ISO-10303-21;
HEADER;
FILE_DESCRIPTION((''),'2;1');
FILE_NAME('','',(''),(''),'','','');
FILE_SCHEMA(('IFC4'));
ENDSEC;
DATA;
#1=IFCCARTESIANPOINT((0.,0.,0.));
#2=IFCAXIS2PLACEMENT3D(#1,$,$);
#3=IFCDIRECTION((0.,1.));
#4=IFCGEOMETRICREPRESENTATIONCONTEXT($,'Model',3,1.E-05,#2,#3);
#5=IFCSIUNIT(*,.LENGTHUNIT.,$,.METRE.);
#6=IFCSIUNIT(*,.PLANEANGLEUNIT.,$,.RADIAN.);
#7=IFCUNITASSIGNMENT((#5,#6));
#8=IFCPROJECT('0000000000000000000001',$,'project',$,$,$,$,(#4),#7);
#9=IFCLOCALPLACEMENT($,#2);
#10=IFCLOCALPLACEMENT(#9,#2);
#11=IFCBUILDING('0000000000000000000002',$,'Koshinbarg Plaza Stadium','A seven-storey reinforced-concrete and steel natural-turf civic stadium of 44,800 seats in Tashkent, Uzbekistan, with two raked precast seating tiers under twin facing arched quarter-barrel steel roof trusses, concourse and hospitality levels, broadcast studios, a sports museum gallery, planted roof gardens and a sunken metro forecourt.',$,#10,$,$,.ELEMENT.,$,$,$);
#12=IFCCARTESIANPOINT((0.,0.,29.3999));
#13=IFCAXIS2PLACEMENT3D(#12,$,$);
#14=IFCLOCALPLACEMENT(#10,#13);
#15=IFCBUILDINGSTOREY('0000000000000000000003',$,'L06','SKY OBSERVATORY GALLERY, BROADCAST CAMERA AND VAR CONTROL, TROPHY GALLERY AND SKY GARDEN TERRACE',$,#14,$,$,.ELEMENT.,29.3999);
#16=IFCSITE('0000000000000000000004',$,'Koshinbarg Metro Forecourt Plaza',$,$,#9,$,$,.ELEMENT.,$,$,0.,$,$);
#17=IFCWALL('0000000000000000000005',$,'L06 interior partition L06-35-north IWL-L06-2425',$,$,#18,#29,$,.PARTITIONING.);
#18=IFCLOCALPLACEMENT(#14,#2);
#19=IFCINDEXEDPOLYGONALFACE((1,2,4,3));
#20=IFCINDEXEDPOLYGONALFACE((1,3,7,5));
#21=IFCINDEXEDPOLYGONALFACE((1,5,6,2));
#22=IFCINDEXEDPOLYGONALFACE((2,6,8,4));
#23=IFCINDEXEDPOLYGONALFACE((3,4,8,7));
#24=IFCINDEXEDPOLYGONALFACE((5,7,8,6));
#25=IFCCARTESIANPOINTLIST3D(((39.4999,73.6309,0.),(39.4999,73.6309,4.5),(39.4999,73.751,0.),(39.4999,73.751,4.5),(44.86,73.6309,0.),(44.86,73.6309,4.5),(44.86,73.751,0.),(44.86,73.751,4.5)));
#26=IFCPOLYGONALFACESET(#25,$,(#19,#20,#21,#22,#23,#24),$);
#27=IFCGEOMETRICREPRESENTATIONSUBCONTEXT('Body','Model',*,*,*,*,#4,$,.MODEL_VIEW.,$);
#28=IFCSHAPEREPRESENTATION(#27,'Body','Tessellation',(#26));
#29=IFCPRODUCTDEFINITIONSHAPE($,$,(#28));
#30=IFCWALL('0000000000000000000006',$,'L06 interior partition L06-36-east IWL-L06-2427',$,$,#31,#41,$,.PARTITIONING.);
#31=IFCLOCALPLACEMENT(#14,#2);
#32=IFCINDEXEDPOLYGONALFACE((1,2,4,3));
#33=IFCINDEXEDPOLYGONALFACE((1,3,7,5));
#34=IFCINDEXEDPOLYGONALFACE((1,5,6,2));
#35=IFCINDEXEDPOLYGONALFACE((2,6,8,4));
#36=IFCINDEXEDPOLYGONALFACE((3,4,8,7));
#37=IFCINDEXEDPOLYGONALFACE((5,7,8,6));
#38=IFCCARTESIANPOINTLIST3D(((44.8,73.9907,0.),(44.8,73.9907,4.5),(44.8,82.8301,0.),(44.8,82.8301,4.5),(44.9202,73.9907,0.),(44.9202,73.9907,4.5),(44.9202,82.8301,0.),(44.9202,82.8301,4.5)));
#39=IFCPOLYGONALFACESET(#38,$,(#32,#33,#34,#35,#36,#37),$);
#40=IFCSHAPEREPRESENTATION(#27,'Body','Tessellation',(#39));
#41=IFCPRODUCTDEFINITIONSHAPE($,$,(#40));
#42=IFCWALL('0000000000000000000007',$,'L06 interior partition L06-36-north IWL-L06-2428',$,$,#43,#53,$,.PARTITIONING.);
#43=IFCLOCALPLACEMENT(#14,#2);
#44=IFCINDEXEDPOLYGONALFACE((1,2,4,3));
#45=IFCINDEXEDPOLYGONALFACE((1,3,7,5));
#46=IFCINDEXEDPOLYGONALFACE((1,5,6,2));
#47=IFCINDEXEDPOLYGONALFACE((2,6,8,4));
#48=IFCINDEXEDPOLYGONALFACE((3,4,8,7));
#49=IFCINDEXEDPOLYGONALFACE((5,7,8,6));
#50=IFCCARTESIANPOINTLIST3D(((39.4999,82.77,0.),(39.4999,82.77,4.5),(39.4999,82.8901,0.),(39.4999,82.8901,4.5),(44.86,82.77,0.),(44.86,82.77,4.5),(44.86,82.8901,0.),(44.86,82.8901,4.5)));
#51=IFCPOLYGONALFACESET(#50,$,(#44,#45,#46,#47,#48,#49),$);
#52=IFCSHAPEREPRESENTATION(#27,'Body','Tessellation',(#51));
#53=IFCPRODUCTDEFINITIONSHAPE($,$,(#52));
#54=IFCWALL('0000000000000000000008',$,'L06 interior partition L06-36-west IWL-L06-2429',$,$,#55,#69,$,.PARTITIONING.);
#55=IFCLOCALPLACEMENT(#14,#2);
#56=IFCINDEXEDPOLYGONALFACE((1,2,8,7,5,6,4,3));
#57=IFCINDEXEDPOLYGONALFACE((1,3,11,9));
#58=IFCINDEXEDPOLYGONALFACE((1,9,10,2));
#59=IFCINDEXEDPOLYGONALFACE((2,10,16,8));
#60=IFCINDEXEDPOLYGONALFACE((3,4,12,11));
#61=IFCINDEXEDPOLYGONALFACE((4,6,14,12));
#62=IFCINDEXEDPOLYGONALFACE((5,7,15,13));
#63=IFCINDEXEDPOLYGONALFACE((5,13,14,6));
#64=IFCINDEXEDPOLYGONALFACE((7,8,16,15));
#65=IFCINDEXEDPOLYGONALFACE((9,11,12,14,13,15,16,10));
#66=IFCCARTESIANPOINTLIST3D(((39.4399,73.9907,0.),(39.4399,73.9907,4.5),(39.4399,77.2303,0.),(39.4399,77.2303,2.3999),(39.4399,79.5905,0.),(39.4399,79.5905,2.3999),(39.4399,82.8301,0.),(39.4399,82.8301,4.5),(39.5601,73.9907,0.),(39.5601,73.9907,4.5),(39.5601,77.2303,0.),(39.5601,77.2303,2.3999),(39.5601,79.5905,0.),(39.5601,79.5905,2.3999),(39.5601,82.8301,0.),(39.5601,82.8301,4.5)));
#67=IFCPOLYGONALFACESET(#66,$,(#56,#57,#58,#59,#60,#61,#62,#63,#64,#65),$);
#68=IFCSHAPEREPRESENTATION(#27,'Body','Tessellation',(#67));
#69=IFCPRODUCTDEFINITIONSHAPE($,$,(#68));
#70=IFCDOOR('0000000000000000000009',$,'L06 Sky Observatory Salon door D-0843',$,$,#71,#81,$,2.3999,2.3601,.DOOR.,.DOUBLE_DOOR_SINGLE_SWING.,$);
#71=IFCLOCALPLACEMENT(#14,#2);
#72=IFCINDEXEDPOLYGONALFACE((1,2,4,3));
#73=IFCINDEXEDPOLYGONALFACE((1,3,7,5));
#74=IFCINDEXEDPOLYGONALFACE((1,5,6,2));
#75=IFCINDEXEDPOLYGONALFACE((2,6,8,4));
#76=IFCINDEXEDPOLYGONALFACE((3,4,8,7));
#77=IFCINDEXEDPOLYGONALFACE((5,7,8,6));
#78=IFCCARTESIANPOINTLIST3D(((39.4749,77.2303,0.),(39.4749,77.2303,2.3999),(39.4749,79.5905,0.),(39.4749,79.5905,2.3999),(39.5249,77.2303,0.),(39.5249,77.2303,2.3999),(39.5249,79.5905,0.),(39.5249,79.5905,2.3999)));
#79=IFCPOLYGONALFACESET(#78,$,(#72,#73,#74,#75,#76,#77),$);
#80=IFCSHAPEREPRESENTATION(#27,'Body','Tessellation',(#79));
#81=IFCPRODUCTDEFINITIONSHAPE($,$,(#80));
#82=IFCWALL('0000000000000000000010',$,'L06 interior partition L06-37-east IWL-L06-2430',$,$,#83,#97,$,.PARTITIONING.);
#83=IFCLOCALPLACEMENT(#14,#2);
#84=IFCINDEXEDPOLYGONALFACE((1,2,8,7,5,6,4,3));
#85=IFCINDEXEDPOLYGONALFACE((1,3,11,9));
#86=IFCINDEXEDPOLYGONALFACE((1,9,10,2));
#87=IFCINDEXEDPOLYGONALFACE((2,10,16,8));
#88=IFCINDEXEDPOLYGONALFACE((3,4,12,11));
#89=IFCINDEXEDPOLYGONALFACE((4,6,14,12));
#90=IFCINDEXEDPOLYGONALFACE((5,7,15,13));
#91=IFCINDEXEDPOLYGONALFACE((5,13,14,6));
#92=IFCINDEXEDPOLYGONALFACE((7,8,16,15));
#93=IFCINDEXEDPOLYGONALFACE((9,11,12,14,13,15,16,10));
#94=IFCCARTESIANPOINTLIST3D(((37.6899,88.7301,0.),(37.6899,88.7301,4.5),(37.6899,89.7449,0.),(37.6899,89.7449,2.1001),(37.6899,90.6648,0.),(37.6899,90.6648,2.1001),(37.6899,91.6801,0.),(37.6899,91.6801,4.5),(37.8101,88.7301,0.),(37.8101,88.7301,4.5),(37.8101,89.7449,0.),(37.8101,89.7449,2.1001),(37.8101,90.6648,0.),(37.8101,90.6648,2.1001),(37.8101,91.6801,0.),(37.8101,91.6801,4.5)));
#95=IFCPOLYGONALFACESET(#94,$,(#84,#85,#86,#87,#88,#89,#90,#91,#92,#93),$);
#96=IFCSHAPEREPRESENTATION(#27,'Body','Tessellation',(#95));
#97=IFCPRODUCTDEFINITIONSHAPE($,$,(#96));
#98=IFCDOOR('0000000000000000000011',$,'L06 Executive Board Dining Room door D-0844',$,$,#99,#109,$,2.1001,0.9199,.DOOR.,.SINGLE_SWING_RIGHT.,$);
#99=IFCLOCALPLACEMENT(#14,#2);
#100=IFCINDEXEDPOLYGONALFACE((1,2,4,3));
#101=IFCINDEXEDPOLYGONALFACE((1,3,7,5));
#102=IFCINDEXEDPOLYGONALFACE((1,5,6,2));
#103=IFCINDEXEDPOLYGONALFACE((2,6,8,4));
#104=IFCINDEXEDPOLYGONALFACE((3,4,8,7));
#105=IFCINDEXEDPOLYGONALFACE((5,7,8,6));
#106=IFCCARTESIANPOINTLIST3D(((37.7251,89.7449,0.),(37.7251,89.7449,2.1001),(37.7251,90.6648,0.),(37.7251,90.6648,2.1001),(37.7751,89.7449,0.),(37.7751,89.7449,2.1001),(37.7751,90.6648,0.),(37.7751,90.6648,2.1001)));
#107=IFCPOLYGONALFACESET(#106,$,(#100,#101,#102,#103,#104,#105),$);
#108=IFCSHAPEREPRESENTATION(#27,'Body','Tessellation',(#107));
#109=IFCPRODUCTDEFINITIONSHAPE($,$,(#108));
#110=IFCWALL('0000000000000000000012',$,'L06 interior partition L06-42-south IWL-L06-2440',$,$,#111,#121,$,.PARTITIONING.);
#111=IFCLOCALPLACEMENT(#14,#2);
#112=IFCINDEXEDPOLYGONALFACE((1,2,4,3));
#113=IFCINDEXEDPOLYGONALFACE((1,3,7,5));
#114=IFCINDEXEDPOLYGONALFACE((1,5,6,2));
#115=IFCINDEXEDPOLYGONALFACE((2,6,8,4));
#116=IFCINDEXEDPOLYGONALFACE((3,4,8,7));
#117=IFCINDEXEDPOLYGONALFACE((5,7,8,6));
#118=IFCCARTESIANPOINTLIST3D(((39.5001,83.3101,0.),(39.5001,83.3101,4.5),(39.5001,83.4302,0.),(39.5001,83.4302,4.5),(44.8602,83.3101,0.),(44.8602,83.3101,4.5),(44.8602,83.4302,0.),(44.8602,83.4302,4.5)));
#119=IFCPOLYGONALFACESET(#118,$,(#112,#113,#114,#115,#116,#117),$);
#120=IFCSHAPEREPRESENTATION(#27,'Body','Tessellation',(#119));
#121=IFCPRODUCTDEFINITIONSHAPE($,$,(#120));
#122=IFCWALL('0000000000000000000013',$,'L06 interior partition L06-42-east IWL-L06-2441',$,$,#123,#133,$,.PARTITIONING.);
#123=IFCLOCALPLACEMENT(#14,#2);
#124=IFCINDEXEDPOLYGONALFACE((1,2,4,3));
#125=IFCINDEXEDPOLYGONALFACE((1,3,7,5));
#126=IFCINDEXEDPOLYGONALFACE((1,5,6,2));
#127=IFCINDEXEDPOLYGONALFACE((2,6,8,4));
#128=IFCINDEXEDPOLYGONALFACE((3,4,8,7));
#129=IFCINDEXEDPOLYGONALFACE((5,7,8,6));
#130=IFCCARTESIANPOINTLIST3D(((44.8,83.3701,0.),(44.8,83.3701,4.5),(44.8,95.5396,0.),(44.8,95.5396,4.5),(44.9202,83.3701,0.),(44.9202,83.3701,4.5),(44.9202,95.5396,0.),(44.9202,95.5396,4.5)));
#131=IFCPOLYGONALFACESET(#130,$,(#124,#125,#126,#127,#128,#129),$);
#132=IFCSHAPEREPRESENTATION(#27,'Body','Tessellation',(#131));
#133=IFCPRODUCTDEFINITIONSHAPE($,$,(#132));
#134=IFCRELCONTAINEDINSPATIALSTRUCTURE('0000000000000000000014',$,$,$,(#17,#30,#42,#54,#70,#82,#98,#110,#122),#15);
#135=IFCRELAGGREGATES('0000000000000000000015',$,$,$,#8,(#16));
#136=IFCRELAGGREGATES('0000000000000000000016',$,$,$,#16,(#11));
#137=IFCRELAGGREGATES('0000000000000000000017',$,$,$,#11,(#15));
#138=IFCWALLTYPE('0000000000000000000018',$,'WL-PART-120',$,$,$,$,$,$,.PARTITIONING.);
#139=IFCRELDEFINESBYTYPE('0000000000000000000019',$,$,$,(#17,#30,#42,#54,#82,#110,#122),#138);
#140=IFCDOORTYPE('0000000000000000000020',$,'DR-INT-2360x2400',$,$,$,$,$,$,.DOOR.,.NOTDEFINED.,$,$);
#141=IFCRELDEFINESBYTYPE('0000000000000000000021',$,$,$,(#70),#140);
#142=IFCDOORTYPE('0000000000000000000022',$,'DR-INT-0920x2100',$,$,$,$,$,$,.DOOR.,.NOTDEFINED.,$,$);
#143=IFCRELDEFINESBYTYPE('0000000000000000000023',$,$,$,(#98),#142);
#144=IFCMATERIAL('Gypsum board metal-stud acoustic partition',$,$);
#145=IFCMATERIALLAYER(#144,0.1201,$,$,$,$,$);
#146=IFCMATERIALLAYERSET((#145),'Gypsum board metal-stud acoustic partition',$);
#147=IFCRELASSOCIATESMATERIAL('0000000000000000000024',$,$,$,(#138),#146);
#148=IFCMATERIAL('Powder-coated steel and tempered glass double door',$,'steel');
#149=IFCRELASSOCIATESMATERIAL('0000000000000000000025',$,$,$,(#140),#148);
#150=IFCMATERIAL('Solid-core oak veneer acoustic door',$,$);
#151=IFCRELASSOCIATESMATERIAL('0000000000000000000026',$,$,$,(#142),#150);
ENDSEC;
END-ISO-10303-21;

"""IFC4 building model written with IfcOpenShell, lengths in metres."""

from ifc_helpers import new_model, si_unit, direction, frame, frame_2d, origin, place, context, subcontext, project, spatial, rectangle, extrude, material, layer, layer_set, type_object, element, fill, save


model = new_model("IFC4")

# Units and contexts
model_context = context("Model", 3, precision=1e-05, world=origin(), true_north=direction((0.0, 1.0)))
body_context = subcontext(model_context, "Body", "Model", "MODEL_VIEW")
ifc_project = project(units=[si_unit("LENGTHUNIT", "METRE"), si_unit("PLANEANGLEUNIT", "RADIAN")], contexts=[model_context])

# Site, building, storey
site_placement = place(None, origin())
site = spatial("IfcSite", under=ifc_project, at=site_placement, Name="Koshinbarg Metro Forecourt Plaza", CompositionType="ELEMENT", RefElevation=0.0)
building_placement = place(site_placement, origin())
building = spatial("IfcBuilding", under=site, at=building_placement, Name="Koshinbarg Plaza Stadium", Description="A seven-storey reinforced-concrete and steel natural-turf civic stadium of 44,800 seats in Tashkent, Uzbekistan, with two raked precast seating tiers under twin facing arched quarter-barrel steel roof trusses, concourse and hospitality levels, broadcast studios, a sports museum gallery, planted roof gardens and a sunken metro forecourt.", CompositionType="ELEMENT")
storey_placement = place(building_placement, frame((0.0, 0.0, 29.3999)))
storey = spatial("IfcBuildingStorey", under=building, at=storey_placement, Name="L06", Description="SKY OBSERVATORY GALLERY, BROADCAST CAMERA AND VAR CONTROL, TROPHY GALLERY AND SKY GARDEN TERRACE", CompositionType="ELEMENT", Elevation=29.3999)

# Shared definitions
ifc_material_1 = material(Name="Gypsum board metal-stud acoustic partition")
ifc_layer_1 = layer(ifc_material_1, 0.1201)
ifc_layer_set_1 = layer_set([ifc_layer_1], Name="Gypsum board metal-stud acoustic partition")
wall_type_1 = type_object("IfcWallType", Name="WL-PART-120", PredefinedType="PARTITIONING", material=ifc_layer_set_1)

# Walls
wall_1_placement = place(storey_placement, frame((44.8601, 73.6909, 0.0), z_axis=(0.0, 0.0, 1.0), x_axis=(-1.0, 0.0, 0.0)))
element("IfcWall", 1, at=wall_1_placement, inside=storey, type_object=wall_type_1, Name="L06 interior partition L06-35-north IWL-L06-2425", PredefinedType="PARTITIONING", context=body_context, shape_type="SweptSolid", body=[
    extrude(rectangle(XDim=5.3601, YDim=0.1201, at=frame_2d((2.6802, 0.0))), origin(), (0.0, 0.0, 1.0), 4.5),
])
wall_2_placement = place(storey_placement, frame((44.8601, 73.9907, 0.0), z_axis=(0.0, 0.0, 1.0), x_axis=(0.0, 1.0, 0.0)))
element("IfcWall", 2, at=wall_2_placement, inside=storey, type_object=wall_type_1, Name="L06 interior partition L06-36-east IWL-L06-2427", PredefinedType="PARTITIONING", context=body_context, shape_type="SweptSolid", body=[
    extrude(rectangle(XDim=8.8394, YDim=0.1201, at=frame_2d((4.4197, 0.0))), origin(), (0.0, 0.0, 1.0), 4.5),
])
wall_3_placement = place(storey_placement, frame((44.8601, 82.8301, 0.0), z_axis=(0.0, 0.0, 1.0), x_axis=(-1.0, 0.0, 0.0)))
element("IfcWall", 3, at=wall_3_placement, inside=storey, type_object=wall_type_1, Name="L06 interior partition L06-36-north IWL-L06-2428", PredefinedType="PARTITIONING", context=body_context, shape_type="SweptSolid", body=[
    extrude(rectangle(XDim=5.3601, YDim=0.1201, at=frame_2d((2.6802, 0.0))), origin(), (0.0, 0.0, 1.0), 4.5),
])

# Walls, openings, doors
wall_4_placement = place(storey_placement, frame((39.5, 82.8301, 0.0), z_axis=(0.0, 0.0, 1.0), x_axis=(0.0, -1.0, 0.0)))
wall_4 = element("IfcWall", 4, at=wall_4_placement, inside=storey, type_object=wall_type_1, Name="L06 interior partition L06-36-west IWL-L06-2429", PredefinedType="PARTITIONING", context=body_context, shape_type="SweptSolid", body=[
    extrude(rectangle(XDim=8.8394, YDim=0.1201, at=frame_2d((4.4197, 0.0))), origin(), (0.0, 0.0, 1.0), 4.5),
])
opening_1_placement = place(wall_4_placement, frame((3.2395, 0.0, 0.0)))
opening_1 = element("IfcOpeningElement", 5, at=opening_1_placement, cuts=wall_4, PredefinedType="OPENING", context=body_context, shape_type="SweptSolid", body=[
    extrude(rectangle(XDim=2.3601, YDim=2.3999, at=frame_2d((1.1802, 1.2))), frame((0.0, 0.0701, 0.0), z_axis=(0.0, -1.0, 0.0), x_axis=(1.0, 0.0, 0.0)), (0.0, 0.0, 1.0), 0.1401),
])
ifc_material_2 = material(Name="Powder-coated steel and tempered glass double door", Category="steel")
door_type_1 = type_object("IfcDoorType", Name="DR-INT-2360x2400", OperationType="NOTDEFINED", PredefinedType="DOOR", material=ifc_material_2)
door_1_placement = place(opening_1_placement, origin())
door_1 = element("IfcDoor", 6, at=door_1_placement, inside=storey, type_object=door_type_1, Name="L06 Sky Observatory Salon door D-0843", OperationType="DOUBLE_DOOR_SINGLE_SWING", OverallHeight=2.3999, OverallWidth=2.3601, PredefinedType="DOOR", context=body_context, shape_type="SweptSolid", body=[
    extrude(rectangle(XDim=2.3601, YDim=2.3999, at=frame_2d((1.1802, 1.2))), frame((0.0, 0.0249, 0.0), z_axis=(0.0, -1.0, 0.0), x_axis=(1.0, 0.0, 0.0)), (0.0, 0.0, 1.0), 0.05),
])
fill(opening_1, door_1)
wall_5_placement = place(storey_placement, frame((37.75, 88.73, 0.0), z_axis=(0.0, 0.0, 1.0), x_axis=(0.0, 1.0, 0.0)))
wall_5 = element("IfcWall", 7, at=wall_5_placement, inside=storey, type_object=wall_type_1, Name="L06 interior partition L06-37-east IWL-L06-2430", PredefinedType="PARTITIONING", context=body_context, shape_type="SweptSolid", body=[
    extrude(rectangle(XDim=2.95, YDim=0.1201, at=frame_2d((1.4751, 0.0))), origin(), (0.0, 0.0, 1.0), 4.5),
])
opening_2_placement = place(wall_5_placement, frame((1.0149, 0.0, 0.0)))
opening_2 = element("IfcOpeningElement", 8, at=opening_2_placement, cuts=wall_5, PredefinedType="OPENING", context=body_context, shape_type="SweptSolid", body=[
    extrude(rectangle(XDim=0.9199, YDim=2.1001, at=frame_2d((0.46, 1.05))), frame((0.0, 0.0701, 0.0), z_axis=(0.0, -1.0, 0.0), x_axis=(1.0, 0.0, 0.0)), (0.0, 0.0, 1.0), 0.1401),
])
ifc_material_3 = material(Name="Solid-core oak veneer acoustic door")
door_type_2 = type_object("IfcDoorType", Name="DR-INT-0920x2100", OperationType="NOTDEFINED", PredefinedType="DOOR", material=ifc_material_3)
door_2_placement = place(opening_2_placement, origin())
door_2 = element("IfcDoor", 9, at=door_2_placement, inside=storey, type_object=door_type_2, Name="L06 Executive Board Dining Room door D-0844", OperationType="SINGLE_SWING_RIGHT", OverallHeight=2.1001, OverallWidth=0.9199, PredefinedType="DOOR", context=body_context, shape_type="SweptSolid", body=[
    extrude(rectangle(XDim=0.9199, YDim=2.1001, at=frame_2d((0.46, 1.05))), frame((0.0, 0.0249, 0.0), z_axis=(0.0, -1.0, 0.0), x_axis=(1.0, 0.0, 0.0)), (0.0, 0.0, 1.0), 0.05),
])
fill(opening_2, door_2)

# Walls
wall_6_placement = place(storey_placement, frame((39.5, 83.3701, 0.0), z_axis=(0.0, 0.0, 1.0), x_axis=(1.0, 0.0, 0.0)))
element("IfcWall", 10, at=wall_6_placement, inside=storey, type_object=wall_type_1, Name="L06 interior partition L06-42-south IWL-L06-2440", PredefinedType="PARTITIONING", context=body_context, shape_type="SweptSolid", body=[
    extrude(rectangle(XDim=5.3601, YDim=0.1201, at=frame_2d((2.6802, 0.0))), origin(), (0.0, 0.0, 1.0), 4.5),
])
wall_7_placement = place(storey_placement, frame((44.8601, 83.3701, 0.0), z_axis=(0.0, 0.0, 1.0), x_axis=(0.0, 1.0, 0.0)))
element("IfcWall", 11, at=wall_7_placement, inside=storey, type_object=wall_type_1, Name="L06 interior partition L06-42-east IWL-L06-2441", PredefinedType="PARTITIONING", context=body_context, shape_type="SweptSolid", body=[
    extrude(rectangle(XDim=12.1694, YDim=0.1201, at=frame_2d((6.0847, 0.0))), origin(), (0.0, 0.0, 1.0), 4.5),
])

save(model, "model.ifc")
